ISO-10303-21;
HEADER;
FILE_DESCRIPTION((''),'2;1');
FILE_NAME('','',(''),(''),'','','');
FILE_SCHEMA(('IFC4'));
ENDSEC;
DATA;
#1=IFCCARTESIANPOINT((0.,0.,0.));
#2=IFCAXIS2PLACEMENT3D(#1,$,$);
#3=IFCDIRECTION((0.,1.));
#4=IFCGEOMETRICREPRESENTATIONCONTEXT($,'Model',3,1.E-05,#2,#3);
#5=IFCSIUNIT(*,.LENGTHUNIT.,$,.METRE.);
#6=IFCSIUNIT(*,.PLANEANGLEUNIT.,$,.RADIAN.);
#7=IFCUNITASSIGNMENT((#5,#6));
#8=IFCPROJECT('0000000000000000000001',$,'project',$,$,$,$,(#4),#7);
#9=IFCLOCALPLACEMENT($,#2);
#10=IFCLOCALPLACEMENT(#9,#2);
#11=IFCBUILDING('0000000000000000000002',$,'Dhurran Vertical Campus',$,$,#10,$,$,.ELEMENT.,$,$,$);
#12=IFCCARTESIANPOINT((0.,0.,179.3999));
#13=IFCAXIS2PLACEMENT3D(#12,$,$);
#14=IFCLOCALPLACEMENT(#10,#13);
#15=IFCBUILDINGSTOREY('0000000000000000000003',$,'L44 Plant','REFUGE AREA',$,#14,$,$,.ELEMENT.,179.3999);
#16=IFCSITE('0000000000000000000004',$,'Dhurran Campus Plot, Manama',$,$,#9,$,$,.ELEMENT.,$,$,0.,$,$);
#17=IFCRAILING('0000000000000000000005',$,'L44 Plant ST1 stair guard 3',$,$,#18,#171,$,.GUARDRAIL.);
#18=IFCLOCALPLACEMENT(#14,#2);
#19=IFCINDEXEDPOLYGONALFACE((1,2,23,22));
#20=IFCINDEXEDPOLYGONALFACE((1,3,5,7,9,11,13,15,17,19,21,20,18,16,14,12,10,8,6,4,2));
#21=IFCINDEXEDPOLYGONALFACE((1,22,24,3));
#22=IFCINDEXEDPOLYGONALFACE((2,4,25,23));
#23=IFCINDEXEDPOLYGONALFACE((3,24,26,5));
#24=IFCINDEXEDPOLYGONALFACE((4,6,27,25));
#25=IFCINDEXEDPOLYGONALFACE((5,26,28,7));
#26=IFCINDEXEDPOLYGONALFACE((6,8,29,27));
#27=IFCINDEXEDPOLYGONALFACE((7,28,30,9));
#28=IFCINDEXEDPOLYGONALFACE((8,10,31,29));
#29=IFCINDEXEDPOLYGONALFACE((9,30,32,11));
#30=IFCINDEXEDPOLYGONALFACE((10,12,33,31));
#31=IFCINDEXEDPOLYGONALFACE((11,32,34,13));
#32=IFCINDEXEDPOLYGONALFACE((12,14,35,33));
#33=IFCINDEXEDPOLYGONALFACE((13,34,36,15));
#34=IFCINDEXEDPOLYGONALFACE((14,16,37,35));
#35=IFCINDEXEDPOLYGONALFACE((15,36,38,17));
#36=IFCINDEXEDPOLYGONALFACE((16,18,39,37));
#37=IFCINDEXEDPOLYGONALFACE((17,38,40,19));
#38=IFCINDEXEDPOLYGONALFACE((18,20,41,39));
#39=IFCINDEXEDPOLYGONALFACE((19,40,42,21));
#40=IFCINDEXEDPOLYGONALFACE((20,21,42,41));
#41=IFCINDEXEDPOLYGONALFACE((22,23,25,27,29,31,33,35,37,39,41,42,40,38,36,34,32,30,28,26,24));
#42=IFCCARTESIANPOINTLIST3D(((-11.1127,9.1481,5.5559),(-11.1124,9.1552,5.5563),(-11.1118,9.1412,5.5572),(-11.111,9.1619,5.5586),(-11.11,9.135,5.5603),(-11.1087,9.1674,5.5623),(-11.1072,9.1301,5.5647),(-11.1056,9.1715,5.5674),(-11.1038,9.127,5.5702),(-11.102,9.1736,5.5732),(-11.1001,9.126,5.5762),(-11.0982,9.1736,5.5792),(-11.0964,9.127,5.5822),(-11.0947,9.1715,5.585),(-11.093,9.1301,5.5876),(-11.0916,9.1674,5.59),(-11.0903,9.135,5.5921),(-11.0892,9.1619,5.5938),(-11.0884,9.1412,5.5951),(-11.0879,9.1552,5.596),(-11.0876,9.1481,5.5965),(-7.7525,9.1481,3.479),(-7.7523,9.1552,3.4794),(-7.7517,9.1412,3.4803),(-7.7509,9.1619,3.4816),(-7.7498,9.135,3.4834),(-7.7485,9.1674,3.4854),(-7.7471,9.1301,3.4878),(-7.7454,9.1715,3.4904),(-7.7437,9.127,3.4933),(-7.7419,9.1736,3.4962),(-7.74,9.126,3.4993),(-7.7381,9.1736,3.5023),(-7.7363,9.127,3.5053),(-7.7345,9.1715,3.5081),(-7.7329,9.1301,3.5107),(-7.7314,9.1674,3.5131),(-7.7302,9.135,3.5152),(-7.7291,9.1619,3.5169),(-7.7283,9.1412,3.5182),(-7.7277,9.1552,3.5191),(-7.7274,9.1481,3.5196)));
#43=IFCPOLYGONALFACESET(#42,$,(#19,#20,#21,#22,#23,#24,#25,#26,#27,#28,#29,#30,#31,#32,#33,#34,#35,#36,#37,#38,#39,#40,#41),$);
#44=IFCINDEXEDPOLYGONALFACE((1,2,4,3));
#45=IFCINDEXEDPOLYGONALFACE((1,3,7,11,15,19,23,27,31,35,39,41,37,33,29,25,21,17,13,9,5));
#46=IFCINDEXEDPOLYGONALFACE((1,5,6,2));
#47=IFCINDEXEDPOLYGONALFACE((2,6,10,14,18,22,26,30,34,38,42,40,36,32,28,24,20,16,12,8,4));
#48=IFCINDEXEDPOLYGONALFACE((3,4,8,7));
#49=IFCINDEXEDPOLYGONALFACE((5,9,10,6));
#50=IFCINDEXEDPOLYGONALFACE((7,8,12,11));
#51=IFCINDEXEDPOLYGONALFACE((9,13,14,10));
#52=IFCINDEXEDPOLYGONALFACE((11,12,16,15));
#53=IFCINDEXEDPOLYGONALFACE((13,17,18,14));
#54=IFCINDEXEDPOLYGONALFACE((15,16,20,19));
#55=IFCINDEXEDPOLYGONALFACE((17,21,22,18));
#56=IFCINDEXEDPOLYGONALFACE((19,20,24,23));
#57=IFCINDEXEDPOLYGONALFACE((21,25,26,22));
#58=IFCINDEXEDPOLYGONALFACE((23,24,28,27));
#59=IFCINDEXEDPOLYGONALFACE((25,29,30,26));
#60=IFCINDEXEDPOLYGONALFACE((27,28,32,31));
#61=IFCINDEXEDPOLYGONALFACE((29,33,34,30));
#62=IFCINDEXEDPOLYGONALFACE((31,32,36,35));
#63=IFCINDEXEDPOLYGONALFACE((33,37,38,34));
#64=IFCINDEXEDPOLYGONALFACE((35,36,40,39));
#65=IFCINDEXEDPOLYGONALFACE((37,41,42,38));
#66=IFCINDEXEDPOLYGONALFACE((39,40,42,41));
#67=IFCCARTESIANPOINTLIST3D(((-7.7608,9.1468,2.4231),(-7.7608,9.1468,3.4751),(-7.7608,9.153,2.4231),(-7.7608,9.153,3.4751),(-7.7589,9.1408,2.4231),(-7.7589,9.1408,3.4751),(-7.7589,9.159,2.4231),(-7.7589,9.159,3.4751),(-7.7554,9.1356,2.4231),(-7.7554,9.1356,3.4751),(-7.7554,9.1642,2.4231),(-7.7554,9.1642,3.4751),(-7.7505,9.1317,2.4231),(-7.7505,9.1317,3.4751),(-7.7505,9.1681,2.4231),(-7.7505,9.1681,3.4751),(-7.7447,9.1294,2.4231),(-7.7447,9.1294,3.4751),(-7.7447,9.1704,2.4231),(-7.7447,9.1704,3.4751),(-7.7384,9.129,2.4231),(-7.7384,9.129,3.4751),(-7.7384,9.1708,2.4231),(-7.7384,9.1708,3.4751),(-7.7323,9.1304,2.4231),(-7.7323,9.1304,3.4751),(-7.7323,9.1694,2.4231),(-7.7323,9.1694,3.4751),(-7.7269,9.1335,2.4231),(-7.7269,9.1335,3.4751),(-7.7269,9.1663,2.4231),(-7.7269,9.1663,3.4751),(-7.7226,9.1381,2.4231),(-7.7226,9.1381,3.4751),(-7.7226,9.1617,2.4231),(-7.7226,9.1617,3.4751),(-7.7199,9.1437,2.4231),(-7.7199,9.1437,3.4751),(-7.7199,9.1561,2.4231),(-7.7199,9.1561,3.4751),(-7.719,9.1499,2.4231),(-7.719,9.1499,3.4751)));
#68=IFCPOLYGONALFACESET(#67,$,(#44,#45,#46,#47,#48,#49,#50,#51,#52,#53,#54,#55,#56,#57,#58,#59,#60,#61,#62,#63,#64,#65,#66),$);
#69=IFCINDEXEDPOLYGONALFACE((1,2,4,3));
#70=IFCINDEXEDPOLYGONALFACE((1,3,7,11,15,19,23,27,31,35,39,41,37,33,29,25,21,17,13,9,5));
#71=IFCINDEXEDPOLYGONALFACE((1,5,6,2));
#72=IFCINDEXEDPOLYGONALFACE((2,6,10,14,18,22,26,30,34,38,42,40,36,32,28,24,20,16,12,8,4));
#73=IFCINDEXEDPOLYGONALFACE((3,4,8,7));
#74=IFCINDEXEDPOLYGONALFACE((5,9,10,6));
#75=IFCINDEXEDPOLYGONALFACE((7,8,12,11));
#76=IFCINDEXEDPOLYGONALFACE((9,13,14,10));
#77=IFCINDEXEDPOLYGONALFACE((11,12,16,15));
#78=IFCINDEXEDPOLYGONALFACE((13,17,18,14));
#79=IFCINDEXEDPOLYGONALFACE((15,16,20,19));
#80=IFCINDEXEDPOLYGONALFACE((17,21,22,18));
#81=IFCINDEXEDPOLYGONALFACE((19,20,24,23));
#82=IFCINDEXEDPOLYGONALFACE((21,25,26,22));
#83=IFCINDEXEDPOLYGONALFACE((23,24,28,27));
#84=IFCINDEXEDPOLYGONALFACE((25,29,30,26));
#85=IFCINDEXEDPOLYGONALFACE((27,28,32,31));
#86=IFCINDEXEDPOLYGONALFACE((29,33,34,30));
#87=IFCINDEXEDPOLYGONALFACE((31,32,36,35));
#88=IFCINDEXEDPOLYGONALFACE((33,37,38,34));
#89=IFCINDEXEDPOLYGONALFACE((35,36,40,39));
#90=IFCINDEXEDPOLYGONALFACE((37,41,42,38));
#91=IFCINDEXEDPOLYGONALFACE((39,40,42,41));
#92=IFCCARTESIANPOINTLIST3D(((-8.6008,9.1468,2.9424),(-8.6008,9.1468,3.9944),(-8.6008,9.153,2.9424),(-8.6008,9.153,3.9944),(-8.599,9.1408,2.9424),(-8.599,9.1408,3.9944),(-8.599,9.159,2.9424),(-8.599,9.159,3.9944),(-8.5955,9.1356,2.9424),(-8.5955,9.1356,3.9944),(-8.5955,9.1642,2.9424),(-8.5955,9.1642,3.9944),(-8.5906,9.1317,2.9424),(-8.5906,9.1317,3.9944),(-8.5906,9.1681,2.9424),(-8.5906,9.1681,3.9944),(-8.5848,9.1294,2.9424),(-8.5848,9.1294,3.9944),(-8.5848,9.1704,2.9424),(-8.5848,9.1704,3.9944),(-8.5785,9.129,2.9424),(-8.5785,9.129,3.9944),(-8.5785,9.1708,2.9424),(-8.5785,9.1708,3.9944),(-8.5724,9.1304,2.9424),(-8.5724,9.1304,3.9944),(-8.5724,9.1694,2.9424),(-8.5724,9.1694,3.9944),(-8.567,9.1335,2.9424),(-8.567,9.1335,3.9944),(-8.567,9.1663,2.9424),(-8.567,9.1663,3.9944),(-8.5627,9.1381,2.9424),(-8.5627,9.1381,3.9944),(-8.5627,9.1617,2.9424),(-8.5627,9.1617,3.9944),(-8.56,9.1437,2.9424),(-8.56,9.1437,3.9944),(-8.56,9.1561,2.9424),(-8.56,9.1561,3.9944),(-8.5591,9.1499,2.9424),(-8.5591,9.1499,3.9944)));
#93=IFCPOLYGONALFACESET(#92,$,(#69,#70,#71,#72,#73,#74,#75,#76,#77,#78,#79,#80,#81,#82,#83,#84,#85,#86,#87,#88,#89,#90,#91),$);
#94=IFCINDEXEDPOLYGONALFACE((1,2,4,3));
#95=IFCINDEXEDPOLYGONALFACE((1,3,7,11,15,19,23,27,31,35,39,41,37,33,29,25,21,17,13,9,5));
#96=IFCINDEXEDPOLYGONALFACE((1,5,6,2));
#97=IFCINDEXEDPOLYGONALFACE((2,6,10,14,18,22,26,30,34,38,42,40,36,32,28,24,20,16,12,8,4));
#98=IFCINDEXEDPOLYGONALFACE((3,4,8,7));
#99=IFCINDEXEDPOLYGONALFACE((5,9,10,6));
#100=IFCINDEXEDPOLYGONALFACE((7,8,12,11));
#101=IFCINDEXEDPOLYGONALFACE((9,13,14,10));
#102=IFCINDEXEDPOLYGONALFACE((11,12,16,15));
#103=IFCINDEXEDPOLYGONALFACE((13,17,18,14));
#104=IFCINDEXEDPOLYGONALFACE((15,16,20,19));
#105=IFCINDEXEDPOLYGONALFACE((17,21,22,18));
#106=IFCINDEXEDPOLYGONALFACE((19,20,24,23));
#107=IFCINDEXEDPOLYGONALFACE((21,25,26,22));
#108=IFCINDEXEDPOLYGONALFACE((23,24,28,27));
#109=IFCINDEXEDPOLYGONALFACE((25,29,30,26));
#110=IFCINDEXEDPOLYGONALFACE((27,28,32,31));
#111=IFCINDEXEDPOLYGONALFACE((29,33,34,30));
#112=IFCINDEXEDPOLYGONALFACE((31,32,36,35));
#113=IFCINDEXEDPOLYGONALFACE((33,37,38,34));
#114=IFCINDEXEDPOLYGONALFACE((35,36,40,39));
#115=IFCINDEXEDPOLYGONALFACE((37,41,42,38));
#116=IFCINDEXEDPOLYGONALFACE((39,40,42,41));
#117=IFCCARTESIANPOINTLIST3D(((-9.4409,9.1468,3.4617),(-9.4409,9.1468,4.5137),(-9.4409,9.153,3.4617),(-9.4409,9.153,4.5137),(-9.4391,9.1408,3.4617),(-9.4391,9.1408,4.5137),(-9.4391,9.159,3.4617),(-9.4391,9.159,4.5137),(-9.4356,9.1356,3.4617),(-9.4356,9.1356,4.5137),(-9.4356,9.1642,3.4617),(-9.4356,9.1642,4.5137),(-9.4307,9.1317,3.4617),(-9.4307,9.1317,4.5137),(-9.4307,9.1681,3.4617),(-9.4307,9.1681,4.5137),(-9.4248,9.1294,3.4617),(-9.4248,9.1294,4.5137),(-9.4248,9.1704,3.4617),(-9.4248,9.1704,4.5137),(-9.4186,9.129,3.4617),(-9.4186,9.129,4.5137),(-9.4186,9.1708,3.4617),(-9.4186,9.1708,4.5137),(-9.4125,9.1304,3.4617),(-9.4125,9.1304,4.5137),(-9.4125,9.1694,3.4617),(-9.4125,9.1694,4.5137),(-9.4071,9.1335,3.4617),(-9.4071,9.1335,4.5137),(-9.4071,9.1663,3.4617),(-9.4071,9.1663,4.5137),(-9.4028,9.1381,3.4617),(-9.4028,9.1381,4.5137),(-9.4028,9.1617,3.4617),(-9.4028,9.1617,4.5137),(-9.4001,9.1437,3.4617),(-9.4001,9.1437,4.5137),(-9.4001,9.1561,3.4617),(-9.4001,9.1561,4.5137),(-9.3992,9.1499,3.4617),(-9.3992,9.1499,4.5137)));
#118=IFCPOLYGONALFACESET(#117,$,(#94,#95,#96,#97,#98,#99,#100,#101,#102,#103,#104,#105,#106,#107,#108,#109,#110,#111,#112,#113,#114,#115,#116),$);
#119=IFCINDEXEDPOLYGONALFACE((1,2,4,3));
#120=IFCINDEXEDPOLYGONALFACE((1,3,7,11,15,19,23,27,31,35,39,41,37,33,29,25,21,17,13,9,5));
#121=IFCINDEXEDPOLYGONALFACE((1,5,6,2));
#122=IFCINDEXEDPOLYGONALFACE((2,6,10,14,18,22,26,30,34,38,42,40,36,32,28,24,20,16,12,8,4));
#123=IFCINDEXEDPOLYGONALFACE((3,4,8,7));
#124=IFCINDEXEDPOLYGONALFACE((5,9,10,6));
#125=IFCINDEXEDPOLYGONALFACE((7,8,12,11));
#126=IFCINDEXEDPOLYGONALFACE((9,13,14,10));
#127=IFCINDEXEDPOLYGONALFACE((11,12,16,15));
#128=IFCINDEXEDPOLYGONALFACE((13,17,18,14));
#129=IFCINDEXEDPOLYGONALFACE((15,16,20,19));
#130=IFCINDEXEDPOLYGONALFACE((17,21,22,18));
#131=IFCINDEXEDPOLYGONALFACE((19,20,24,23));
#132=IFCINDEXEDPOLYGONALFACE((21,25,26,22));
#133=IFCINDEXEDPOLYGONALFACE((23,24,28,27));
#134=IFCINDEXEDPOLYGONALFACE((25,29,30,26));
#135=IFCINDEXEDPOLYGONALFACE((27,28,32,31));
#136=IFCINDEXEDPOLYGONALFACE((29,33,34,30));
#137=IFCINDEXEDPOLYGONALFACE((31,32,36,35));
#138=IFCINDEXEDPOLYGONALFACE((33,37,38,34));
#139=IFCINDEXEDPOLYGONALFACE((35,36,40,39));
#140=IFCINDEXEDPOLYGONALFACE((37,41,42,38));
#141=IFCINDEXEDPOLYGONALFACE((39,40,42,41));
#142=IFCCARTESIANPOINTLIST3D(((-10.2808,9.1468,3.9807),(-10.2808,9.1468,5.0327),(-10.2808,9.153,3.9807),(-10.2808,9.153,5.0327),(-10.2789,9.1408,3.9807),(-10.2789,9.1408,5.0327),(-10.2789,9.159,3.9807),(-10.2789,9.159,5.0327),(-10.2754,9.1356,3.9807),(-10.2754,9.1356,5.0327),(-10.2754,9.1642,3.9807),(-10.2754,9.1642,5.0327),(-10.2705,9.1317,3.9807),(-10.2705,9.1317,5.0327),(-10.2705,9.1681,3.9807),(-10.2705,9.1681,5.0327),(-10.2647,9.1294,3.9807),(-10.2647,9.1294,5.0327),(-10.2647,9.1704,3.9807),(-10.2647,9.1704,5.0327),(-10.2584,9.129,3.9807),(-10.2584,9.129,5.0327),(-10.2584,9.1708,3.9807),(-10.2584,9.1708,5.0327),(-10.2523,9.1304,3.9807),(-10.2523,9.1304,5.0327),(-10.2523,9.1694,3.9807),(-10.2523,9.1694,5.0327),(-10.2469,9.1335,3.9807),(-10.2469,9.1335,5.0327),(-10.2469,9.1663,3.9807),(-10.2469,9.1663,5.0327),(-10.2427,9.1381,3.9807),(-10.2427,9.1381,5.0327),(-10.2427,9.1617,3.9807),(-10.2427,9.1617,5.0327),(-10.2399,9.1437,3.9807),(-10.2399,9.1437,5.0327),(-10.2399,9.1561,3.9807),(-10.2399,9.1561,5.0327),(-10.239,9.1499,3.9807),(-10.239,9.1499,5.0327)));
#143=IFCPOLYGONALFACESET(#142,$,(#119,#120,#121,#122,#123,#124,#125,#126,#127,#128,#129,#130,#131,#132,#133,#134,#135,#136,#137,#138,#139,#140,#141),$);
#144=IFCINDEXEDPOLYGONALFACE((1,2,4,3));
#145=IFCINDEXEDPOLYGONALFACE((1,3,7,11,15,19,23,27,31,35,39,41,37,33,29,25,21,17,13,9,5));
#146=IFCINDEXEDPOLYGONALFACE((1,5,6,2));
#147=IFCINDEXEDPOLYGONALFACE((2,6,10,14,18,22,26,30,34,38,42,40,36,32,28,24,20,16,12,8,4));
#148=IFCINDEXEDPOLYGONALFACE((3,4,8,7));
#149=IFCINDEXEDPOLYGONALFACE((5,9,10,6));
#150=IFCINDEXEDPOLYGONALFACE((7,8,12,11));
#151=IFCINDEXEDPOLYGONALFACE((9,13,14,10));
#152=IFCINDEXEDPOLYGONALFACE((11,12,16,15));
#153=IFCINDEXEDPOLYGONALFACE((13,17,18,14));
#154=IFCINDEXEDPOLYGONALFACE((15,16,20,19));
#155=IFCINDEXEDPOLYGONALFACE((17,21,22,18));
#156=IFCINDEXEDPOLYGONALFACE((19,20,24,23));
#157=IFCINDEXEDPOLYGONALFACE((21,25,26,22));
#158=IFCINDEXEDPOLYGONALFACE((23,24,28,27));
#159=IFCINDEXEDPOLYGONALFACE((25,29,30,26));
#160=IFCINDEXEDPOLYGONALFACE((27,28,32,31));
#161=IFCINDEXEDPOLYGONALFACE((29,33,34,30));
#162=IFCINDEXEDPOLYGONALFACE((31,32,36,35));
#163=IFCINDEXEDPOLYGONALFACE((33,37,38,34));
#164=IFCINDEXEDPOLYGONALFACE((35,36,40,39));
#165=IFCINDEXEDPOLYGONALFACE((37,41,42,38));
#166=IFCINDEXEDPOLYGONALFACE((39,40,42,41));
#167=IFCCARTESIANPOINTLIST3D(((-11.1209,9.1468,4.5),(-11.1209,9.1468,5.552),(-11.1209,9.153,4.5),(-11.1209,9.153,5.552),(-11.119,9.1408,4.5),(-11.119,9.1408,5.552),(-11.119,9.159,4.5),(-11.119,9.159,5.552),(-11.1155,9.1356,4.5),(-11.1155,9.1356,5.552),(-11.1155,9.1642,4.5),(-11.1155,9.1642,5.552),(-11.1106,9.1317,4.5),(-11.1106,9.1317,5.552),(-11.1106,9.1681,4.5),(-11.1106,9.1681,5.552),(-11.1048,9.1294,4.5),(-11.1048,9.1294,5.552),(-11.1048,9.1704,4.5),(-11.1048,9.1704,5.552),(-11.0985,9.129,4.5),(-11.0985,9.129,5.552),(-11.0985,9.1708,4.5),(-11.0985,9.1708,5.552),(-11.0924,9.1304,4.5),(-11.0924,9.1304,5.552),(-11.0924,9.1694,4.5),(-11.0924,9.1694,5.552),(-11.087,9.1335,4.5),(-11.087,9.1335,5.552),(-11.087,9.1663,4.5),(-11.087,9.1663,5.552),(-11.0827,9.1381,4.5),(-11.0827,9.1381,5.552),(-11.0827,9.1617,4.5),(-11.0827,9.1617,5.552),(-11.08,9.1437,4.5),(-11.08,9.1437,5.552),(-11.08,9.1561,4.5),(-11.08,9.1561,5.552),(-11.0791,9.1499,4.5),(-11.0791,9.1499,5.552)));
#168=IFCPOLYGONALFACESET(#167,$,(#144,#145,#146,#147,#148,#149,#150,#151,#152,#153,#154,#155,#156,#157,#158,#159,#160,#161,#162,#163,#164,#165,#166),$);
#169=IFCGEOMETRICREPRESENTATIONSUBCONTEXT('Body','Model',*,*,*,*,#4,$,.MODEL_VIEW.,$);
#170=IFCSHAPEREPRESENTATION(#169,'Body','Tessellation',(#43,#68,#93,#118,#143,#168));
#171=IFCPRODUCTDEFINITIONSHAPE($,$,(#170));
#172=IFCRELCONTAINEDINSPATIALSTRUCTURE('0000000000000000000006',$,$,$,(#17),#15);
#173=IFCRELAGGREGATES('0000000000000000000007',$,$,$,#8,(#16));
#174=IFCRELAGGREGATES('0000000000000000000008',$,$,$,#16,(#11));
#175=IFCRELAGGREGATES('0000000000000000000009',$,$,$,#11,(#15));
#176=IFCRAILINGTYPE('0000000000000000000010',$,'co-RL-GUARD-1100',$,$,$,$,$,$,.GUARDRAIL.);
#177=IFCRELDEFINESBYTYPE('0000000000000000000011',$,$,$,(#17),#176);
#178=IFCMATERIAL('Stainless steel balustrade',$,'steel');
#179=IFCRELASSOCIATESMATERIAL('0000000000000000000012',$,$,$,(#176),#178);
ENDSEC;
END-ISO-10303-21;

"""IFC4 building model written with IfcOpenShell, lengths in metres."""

from ifc_helpers import new_model, si_unit, direction, frame, origin, origin_2d, place, context, subcontext, project, spatial, circle, extrude, material, type_object, element, save


model = new_model("IFC4")

# Units and contexts
model_context = context("Model", 3, precision=1e-05, world=origin(), true_north=direction((0.0, 1.0)))
body_context = subcontext(model_context, "Body", "Model", "MODEL_VIEW")
ifc_project = project(units=[si_unit("LENGTHUNIT", "METRE"), si_unit("PLANEANGLEUNIT", "RADIAN")], contexts=[model_context])

# Site, building, storey
site_placement = place(None, origin())
site = spatial("IfcSite", under=ifc_project, at=site_placement, Name="Dhurran Campus Plot, Manama", CompositionType="ELEMENT", RefElevation=0.0)
building_placement = place(site_placement, origin())
building = spatial("IfcBuilding", under=site, at=building_placement, Name="Dhurran Vertical Campus", CompositionType="ELEMENT")
storey_placement = place(building_placement, frame((0.0, 0.0, 179.3999)))
storey = spatial("IfcBuildingStorey", under=building, at=storey_placement, Name="L44 Plant", Description="REFUGE AREA", CompositionType="ELEMENT", Elevation=179.3999)

# Railing
ifc_material_1 = material(Name="Stainless steel balustrade", Category="steel")
railing_type_1 = type_object("IfcRailingType", Name="co-RL-GUARD-1100", PredefinedType="GUARDRAIL", material=ifc_material_1)
railing_1_placement = place(storey_placement, frame((-7.74, 9.1499, 2.4231)))
element("IfcRailing", 1, at=railing_1_placement, inside=storey, type_object=railing_type_1, Name="L44 Plant ST1 stair guard 3", PredefinedType="GUARDRAIL", context=body_context, shape_type="SweptSolid", body=[
    extrude(circle(Radius=0.0239, at=origin_2d()), frame((0.0, 0.0, 1.0762), z_axis=(-0.850623, 0.0, 0.525776), x_axis=(0.0, -1.0, 0.0)), (0.0, 0.0, 1.0), 3.9502),
    extrude(circle(Radius=0.021, at=origin_2d()), origin(), (0.0, 0.0, 1.0), 1.052),
    extrude(circle(Radius=0.021, at=origin_2d()), frame((-0.8401, 0.0, 0.5193)), (0.0, 0.0, 1.0), 1.052),
    extrude(circle(Radius=0.021, at=origin_2d()), frame((-1.6802, 0.0, 1.0386)), (0.0, 0.0, 1.0), 1.052),
    extrude(circle(Radius=0.021, at=origin_2d()), frame((-2.52, 0.0, 1.5576)), (0.0, 0.0, 1.0), 1.052),
    extrude(circle(Radius=0.021, at=origin_2d()), frame((-3.3601, 0.0, 2.0769)), (0.0, 0.0, 1.0), 1.052),
])

save(model, "model.ifc")
